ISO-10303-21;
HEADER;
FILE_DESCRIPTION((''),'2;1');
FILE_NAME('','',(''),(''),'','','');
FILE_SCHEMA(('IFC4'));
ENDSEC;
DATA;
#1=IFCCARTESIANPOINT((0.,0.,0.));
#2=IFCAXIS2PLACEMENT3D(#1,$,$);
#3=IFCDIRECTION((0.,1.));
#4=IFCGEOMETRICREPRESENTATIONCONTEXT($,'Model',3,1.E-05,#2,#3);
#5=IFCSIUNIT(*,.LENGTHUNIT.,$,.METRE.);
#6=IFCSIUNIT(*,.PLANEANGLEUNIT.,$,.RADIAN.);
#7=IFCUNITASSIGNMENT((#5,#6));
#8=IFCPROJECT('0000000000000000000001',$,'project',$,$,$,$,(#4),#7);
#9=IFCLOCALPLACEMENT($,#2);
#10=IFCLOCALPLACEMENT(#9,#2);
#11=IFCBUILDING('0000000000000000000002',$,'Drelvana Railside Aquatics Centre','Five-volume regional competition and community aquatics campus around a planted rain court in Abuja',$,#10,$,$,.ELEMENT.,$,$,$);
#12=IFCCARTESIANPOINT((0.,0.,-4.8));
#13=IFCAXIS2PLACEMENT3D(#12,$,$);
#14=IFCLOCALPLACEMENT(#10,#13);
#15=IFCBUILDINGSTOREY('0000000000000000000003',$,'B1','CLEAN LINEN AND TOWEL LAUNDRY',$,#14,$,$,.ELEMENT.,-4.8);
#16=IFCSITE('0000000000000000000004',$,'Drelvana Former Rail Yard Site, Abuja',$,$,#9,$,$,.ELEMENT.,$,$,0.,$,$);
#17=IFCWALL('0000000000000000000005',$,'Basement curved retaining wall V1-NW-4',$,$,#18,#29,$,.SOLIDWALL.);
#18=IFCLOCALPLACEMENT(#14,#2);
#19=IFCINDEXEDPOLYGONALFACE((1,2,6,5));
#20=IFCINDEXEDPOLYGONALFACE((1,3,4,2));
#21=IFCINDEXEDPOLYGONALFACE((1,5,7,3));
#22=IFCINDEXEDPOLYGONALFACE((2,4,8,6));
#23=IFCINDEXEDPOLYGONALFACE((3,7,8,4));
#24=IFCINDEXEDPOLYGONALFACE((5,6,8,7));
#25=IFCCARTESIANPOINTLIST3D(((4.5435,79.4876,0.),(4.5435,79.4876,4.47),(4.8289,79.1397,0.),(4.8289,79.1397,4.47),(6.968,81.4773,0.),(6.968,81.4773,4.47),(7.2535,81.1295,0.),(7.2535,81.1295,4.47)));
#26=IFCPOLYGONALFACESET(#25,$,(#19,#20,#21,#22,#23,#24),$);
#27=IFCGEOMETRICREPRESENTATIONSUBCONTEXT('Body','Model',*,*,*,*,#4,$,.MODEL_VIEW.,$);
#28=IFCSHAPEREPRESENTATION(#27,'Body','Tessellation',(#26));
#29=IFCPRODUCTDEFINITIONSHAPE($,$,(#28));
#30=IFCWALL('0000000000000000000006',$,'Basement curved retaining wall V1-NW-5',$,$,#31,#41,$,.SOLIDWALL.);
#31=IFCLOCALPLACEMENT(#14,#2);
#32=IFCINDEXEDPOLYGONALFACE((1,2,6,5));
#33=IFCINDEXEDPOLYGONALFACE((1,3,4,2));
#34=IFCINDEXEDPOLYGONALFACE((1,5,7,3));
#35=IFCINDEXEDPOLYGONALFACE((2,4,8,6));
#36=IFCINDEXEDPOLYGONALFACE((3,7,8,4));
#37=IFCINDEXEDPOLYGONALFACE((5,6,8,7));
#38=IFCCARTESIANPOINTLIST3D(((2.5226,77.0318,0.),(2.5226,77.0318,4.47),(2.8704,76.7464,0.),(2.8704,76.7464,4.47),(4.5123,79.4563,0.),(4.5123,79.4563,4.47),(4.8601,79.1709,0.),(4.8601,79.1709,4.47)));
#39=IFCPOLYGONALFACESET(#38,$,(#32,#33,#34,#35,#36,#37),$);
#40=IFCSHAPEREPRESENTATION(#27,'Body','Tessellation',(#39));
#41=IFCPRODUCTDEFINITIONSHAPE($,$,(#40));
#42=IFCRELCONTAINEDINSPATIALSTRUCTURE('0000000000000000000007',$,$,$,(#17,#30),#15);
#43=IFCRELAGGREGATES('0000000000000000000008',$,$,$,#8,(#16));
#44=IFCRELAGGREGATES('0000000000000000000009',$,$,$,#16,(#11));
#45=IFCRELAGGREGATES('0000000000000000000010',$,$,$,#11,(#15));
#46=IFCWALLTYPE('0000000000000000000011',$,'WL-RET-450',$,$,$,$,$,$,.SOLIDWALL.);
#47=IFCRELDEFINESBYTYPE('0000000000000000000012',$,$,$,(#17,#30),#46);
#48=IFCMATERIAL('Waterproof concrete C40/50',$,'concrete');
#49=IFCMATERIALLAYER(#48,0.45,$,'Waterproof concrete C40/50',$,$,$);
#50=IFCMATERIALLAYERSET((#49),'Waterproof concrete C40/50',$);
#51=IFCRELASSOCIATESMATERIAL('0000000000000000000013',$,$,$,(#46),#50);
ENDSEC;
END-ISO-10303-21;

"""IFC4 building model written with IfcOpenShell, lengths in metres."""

from ifc_helpers import new_model, si_unit, direction, frame, frame_2d, origin, place, context, subcontext, project, spatial, rectangle, extrude, material, layer, layer_set, type_object, element, save


model = new_model("IFC4")

# Units and contexts
model_context = context("Model", 3, precision=1e-05, world=origin(), true_north=direction((0.0, 1.0)))
body_context = subcontext(model_context, "Body", "Model", "MODEL_VIEW")
ifc_project = project(units=[si_unit("LENGTHUNIT", "METRE"), si_unit("PLANEANGLEUNIT", "RADIAN")], contexts=[model_context])

# Site, building, storey
site_placement = place(None, origin())
site = spatial("IfcSite", under=ifc_project, at=site_placement, Name="Drelvana Former Rail Yard Site, Abuja", CompositionType="ELEMENT", RefElevation=0.0)
building_placement = place(site_placement, origin())
building = spatial("IfcBuilding", under=site, at=building_placement, Name="Drelvana Railside Aquatics Centre", Description="Five-volume regional competition and community aquatics campus around a planted rain court in Abuja", CompositionType="ELEMENT")
storey_placement = place(building_placement, frame((0.0, 0.0, -4.8)))
storey = spatial("IfcBuildingStorey", under=building, at=storey_placement, Name="B1", Description="CLEAN LINEN AND TOWEL LAUNDRY", CompositionType="ELEMENT", Elevation=-4.8)

# Walls
ifc_material_1 = material(Name="Waterproof concrete C40/50", Category="concrete")
ifc_layer = layer(ifc_material_1, 0.45, Name="Waterproof concrete C40/50")
ifc_layer_set = layer_set([ifc_layer], Name="Waterproof concrete C40/50")
wall_type = type_object("IfcWallType", Name="WL-RET-450", PredefinedType="SOLIDWALL", material=ifc_layer_set)
for number, where, z_axis, x_axis, name in (
    (1, (7.1108, 81.3035, 0.0), (0.0, 0.0, 1.0), (-0.773017, -0.634386, 0.0), "Basement curved retaining wall V1-NW-4"),
    (2, (4.6863, 79.3137, 0.0), (0.0, 0.0, 1.0), (-0.634386, -0.773017, 0.0), "Basement curved retaining wall V1-NW-5"),
):
    element("IfcWall", number, at=place(storey_placement, frame(where, z_axis=z_axis, x_axis=x_axis)), inside=storey, type_object=wall_type, Name=name, PredefinedType="SOLIDWALL", context=body_context, shape_type="SweptSolid", body=[
        extrude(rectangle(XDim=3.1365, YDim=0.45, at=frame_2d((1.5684, 0.0))), origin(), (0.0, 0.0, 1.0), 4.47),
    ])

save(model, "model.ifc")
